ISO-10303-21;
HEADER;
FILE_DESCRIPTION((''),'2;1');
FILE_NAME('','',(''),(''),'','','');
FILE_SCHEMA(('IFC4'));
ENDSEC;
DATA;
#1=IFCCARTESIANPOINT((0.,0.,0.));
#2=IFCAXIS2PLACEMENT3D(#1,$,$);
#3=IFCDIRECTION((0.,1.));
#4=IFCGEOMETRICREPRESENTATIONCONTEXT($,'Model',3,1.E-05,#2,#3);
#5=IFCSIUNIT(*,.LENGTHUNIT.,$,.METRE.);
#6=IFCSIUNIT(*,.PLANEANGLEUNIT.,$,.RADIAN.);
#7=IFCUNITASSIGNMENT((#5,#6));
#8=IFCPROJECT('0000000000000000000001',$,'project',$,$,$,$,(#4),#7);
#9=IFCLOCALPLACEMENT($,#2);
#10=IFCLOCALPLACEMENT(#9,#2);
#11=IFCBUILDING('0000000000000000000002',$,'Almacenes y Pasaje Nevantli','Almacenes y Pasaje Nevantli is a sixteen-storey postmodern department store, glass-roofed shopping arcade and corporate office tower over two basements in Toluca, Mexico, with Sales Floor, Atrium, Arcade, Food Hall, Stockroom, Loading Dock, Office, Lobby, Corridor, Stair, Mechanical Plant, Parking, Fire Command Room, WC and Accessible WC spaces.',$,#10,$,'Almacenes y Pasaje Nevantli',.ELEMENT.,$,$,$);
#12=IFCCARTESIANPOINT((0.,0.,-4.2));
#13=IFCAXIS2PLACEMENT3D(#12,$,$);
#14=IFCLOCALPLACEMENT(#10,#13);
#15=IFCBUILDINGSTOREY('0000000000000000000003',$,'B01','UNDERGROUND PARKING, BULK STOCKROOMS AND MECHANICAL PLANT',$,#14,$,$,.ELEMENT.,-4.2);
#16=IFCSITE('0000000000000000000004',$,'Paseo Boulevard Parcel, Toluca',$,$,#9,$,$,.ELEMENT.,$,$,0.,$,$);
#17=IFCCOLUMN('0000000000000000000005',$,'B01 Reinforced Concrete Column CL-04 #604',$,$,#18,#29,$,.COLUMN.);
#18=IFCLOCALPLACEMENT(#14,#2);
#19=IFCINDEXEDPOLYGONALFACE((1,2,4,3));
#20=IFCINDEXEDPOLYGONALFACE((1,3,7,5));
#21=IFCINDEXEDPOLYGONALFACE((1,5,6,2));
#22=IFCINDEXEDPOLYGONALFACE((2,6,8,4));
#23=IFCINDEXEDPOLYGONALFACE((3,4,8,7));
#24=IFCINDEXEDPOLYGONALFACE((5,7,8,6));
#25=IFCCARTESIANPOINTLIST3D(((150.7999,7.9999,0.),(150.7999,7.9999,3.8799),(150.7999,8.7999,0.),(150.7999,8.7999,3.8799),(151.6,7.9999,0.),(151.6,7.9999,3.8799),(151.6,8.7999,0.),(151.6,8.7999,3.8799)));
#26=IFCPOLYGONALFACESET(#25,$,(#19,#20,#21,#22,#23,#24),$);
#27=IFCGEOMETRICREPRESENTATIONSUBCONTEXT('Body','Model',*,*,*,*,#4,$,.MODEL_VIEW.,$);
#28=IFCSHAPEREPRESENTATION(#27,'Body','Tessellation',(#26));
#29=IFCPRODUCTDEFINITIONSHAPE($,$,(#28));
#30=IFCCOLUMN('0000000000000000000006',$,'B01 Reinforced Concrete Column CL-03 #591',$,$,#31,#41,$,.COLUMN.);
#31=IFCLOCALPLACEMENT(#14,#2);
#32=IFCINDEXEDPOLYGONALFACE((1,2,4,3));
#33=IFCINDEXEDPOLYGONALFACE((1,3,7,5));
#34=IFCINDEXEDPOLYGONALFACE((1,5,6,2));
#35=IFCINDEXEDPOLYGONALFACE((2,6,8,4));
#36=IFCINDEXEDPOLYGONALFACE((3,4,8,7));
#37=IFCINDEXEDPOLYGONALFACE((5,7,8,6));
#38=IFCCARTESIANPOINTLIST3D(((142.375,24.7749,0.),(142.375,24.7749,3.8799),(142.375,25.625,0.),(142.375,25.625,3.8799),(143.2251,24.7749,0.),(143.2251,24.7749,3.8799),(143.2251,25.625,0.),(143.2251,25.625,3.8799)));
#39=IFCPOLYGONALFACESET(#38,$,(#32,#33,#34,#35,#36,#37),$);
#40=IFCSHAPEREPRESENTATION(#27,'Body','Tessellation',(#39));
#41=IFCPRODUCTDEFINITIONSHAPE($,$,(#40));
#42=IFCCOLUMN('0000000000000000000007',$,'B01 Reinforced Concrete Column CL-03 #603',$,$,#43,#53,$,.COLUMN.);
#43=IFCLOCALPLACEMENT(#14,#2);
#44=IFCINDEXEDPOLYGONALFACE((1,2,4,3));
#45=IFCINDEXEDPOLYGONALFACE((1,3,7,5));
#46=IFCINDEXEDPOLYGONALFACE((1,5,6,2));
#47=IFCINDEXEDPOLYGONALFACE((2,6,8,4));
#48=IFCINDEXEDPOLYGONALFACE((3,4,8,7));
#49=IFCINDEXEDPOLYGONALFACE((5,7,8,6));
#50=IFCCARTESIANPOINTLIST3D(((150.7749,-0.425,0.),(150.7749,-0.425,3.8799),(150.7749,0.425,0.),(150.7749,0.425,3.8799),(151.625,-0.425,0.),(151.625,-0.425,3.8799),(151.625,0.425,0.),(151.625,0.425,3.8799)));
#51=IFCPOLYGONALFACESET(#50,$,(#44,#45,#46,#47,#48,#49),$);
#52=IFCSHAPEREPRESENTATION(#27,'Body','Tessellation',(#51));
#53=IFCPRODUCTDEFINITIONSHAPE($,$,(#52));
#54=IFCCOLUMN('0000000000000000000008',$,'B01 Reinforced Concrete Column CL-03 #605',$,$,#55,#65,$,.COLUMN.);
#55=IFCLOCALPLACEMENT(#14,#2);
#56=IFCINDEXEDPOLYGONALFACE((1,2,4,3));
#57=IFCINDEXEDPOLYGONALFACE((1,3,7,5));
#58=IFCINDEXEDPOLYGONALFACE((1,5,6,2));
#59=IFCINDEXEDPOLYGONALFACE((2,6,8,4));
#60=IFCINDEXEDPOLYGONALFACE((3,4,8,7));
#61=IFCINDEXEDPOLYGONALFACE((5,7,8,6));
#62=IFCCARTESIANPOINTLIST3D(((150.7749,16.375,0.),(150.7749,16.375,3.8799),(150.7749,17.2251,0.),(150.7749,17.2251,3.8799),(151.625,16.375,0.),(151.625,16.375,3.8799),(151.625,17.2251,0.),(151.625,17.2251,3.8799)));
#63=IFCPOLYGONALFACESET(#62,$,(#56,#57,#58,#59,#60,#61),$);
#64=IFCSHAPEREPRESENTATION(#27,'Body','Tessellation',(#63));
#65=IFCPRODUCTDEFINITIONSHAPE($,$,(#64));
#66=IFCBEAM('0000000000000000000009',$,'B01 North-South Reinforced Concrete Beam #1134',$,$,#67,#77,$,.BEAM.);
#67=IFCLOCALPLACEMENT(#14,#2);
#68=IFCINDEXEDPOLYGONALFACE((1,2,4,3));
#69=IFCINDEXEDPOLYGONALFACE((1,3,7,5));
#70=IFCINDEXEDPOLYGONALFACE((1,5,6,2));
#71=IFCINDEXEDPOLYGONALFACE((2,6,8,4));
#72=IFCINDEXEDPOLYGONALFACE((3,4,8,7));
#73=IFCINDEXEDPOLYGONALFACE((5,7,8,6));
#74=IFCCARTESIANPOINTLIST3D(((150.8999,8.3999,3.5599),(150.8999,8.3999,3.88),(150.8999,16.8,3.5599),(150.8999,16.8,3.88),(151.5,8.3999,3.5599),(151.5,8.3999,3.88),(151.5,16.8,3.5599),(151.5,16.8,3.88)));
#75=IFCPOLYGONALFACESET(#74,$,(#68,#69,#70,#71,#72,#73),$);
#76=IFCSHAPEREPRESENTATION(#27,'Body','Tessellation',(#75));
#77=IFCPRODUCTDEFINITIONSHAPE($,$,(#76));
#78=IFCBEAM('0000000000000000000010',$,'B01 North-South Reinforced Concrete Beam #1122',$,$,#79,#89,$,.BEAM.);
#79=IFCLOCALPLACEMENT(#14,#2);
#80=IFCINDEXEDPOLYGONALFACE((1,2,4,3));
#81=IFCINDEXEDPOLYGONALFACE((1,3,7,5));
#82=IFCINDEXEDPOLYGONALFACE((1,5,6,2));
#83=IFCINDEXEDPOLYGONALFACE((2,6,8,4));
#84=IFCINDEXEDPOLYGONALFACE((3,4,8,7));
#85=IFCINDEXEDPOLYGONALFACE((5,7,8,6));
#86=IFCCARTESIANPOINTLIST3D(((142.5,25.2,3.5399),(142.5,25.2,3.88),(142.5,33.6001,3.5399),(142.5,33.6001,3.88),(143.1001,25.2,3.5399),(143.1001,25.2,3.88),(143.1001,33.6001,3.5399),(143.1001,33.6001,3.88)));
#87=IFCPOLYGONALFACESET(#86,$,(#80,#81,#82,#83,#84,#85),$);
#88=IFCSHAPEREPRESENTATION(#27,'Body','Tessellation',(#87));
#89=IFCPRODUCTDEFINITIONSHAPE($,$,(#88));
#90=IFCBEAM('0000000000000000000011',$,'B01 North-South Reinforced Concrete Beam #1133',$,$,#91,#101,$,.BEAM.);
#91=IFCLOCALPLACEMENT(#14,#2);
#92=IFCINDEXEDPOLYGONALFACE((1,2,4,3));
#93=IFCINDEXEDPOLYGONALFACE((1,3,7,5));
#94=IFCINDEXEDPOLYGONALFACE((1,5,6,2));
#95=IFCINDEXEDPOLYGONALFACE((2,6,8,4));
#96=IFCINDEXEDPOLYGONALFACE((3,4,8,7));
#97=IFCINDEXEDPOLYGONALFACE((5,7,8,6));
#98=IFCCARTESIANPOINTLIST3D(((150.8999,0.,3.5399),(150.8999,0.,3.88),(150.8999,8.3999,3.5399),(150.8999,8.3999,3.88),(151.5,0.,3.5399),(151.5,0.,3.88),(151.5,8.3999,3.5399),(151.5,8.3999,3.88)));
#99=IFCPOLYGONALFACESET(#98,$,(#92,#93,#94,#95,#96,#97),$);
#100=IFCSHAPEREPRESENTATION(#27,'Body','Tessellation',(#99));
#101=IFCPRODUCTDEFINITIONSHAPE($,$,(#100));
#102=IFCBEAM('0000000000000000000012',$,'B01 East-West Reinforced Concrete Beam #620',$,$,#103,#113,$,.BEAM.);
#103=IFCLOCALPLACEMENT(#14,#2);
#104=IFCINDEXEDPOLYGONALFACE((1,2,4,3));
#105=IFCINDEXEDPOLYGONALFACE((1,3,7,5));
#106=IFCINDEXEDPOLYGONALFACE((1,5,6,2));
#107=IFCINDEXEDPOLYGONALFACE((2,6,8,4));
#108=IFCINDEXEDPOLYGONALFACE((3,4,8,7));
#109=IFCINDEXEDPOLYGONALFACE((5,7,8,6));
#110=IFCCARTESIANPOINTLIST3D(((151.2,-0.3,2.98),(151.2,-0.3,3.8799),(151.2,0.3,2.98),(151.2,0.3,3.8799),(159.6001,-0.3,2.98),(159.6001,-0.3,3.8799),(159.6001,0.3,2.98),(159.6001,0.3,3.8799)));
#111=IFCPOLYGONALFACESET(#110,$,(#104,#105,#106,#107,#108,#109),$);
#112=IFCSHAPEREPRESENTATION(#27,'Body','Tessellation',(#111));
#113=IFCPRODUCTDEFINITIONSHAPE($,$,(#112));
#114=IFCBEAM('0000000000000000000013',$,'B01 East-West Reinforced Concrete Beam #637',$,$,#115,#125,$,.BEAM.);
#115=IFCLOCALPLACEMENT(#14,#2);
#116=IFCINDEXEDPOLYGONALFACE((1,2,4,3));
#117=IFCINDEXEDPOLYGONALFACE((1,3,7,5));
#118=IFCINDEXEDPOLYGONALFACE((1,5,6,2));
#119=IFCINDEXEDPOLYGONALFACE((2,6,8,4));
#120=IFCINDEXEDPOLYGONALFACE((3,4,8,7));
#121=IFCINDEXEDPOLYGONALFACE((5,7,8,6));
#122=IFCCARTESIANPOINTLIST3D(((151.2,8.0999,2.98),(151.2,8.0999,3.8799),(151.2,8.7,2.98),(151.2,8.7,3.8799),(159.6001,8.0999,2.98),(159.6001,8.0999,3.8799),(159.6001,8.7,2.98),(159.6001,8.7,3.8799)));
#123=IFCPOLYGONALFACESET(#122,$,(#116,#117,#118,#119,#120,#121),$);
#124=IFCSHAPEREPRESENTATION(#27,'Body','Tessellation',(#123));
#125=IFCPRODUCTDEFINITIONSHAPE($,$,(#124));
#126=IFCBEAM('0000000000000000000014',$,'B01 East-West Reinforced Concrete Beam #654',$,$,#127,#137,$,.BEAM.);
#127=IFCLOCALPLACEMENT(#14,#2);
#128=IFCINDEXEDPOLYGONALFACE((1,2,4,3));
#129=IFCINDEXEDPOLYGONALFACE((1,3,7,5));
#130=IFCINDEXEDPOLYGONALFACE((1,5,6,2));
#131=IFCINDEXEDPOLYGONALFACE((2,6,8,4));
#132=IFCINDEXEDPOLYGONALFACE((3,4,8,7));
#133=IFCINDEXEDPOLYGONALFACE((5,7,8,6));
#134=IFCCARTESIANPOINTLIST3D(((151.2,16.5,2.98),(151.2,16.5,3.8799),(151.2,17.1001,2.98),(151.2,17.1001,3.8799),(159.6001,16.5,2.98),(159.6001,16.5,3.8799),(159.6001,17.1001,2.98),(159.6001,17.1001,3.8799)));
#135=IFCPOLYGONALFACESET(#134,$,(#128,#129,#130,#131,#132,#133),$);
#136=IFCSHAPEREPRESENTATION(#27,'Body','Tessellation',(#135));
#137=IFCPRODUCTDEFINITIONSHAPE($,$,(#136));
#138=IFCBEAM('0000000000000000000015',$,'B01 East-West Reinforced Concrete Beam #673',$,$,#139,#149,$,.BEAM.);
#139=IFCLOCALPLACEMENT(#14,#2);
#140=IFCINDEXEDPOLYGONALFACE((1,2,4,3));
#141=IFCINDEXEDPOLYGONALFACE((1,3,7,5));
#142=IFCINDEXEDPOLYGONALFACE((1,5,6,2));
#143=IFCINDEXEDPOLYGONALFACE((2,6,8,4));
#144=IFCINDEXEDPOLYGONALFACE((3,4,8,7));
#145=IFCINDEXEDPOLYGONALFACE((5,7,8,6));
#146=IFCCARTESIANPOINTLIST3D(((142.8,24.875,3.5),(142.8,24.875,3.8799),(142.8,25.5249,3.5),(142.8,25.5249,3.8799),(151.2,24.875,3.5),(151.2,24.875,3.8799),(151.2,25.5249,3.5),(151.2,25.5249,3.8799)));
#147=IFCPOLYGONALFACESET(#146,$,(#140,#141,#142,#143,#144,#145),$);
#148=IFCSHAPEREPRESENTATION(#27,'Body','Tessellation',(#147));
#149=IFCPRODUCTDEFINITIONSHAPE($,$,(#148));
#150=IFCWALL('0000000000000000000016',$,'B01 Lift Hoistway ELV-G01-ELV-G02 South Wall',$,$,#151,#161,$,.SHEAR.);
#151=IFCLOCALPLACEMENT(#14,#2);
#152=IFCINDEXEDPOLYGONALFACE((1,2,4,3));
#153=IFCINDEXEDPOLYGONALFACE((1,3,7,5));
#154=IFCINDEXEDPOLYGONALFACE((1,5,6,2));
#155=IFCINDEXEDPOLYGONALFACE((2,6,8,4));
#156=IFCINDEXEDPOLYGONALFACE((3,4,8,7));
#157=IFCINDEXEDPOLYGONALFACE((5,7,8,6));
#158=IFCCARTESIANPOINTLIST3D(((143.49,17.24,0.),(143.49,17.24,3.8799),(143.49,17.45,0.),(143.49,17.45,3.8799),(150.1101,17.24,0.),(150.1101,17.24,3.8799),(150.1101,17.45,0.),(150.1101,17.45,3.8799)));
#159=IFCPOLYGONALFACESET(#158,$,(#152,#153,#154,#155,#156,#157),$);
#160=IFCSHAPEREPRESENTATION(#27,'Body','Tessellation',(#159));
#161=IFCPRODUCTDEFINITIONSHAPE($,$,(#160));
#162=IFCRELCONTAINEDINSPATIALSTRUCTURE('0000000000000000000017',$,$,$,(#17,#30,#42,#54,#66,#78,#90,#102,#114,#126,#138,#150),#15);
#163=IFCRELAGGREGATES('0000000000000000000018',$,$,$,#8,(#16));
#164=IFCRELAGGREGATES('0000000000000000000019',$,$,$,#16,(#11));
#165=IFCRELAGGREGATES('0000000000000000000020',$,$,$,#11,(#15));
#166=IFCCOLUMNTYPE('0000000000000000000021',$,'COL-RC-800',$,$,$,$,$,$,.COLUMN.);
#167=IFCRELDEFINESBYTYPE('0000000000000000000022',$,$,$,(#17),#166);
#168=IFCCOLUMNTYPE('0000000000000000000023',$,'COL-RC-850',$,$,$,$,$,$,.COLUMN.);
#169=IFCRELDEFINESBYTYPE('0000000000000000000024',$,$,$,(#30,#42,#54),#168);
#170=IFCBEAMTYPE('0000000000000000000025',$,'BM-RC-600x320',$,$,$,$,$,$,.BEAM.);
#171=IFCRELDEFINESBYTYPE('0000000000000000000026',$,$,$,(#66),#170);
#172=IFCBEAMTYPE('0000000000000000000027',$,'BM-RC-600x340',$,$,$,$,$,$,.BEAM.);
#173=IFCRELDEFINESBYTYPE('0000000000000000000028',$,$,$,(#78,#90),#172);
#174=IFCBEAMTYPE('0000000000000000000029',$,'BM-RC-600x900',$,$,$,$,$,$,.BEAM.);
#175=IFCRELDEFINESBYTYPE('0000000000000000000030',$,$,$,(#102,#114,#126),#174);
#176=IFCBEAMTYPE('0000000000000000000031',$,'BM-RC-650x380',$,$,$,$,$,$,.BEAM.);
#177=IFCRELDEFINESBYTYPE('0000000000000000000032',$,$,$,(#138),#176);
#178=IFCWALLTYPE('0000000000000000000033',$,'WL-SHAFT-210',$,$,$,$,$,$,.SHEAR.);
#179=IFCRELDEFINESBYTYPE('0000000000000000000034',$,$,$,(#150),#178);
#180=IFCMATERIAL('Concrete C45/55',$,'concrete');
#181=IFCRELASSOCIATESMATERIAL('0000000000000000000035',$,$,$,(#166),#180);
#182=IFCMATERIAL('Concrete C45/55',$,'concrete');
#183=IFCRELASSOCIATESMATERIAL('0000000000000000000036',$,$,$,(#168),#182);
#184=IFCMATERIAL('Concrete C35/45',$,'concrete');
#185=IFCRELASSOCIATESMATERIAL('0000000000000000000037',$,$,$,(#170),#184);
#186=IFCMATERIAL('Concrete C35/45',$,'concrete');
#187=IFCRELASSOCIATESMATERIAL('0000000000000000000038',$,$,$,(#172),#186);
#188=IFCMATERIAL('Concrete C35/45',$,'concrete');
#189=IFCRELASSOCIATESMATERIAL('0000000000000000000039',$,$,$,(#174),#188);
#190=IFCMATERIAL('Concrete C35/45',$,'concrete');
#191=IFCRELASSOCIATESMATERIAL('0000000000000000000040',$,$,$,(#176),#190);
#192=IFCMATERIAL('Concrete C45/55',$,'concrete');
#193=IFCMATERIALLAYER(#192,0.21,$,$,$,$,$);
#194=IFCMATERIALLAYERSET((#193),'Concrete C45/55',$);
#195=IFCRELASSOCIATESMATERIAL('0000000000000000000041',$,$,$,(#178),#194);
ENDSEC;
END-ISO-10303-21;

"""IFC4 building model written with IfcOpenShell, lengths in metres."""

from ifc_helpers import new_model, si_unit, direction, frame, frame_2d, origin, origin_2d, place, context, subcontext, project, spatial, rectangle, extrude, material, layer, layer_set, material_profile, profile_set, type_object, element, save


model = new_model("IFC4")

# Units and contexts
model_context = context("Model", 3, precision=1e-05, world=origin(), true_north=direction((0.0, 1.0)))
body_context = subcontext(model_context, "Body", "Model", "MODEL_VIEW")
ifc_project = project(units=[si_unit("LENGTHUNIT", "METRE"), si_unit("PLANEANGLEUNIT", "RADIAN")], contexts=[model_context])

# Site, building, storey
site_placement = place(None, origin())
site = spatial("IfcSite", under=ifc_project, at=site_placement, Name="Paseo Boulevard Parcel, Toluca", CompositionType="ELEMENT", RefElevation=0.0)
building_placement = place(site_placement, origin())
building = spatial("IfcBuilding", under=site, at=building_placement, Name="Almacenes y Pasaje Nevantli", Description="Almacenes y Pasaje Nevantli is a sixteen-storey postmodern department store, glass-roofed shopping arcade and corporate office tower over two basements in Toluca, Mexico, with Sales Floor, Atrium, Arcade, Food Hall, Stockroom, Loading Dock, Office, Lobby, Corridor, Stair, Mechanical Plant, Parking, Fire Command Room, WC and Accessible WC spaces.", LongName="Almacenes y Pasaje Nevantli", CompositionType="ELEMENT")
storey_placement = place(building_placement, frame((0.0, 0.0, -4.2)))
storey = spatial("IfcBuildingStorey", under=building, at=storey_placement, Name="B01", Description="UNDERGROUND PARKING, BULK STOCKROOMS AND MECHANICAL PLANT", CompositionType="ELEMENT", Elevation=-4.2)

# Columns
ifc_material_1 = material(Name="Concrete C45/55", Category="concrete")
ifc_material_profile_1 = material_profile(ifc_material_1, rectangle(XDim=0.8, YDim=0.8, at=origin_2d()), Name="RC-COL-800x800")
ifc_profile_set_1 = profile_set([ifc_material_profile_1], Name="Concrete C45/55")
column_type_1 = type_object("IfcColumnType", Name="COL-RC-800", PredefinedType="COLUMN", material=ifc_profile_set_1)
column_placement = place(storey_placement, frame((151.2, 8.3999, 0.0), z_axis=(0.0, 0.0, 1.0), x_axis=(1.0, 0.0, 0.0)))
element("IfcColumn", 1, at=column_placement, inside=storey, type_object=column_type_1, Name="B01 Reinforced Concrete Column CL-04 #604", PredefinedType="COLUMN", context=body_context, shape_type="SweptSolid", body=[
    extrude(rectangle(XDim=0.8, YDim=0.8, at=origin_2d()), origin(), (0.0, 0.0, 1.0), 3.8799),
])
ifc_material_2 = material(Name="Concrete C45/55", Category="concrete")
ifc_material_profile_2 = material_profile(ifc_material_2, rectangle(XDim=0.8501, YDim=0.8501, at=origin_2d()), Name="RC-COL-850x850")
ifc_profile_set_2 = profile_set([ifc_material_profile_2], Name="Concrete C45/55")
column_type_2 = type_object("IfcColumnType", Name="COL-RC-850", PredefinedType="COLUMN", material=ifc_profile_set_2)
for number, where, z_axis, x_axis, name in (
    (2, (142.8, 25.2, 0.0), (0.0, 0.0, 1.0), (1.0, 0.0, 0.0), "B01 Reinforced Concrete Column CL-03 #591"),
    (3, (151.2, 0.0, 0.0), (0.0, 0.0, 1.0), (1.0, 0.0, 0.0), "B01 Reinforced Concrete Column CL-03 #603"),
    (4, (151.2, 16.8, 0.0), (0.0, 0.0, 1.0), (1.0, 0.0, 0.0), "B01 Reinforced Concrete Column CL-03 #605"),
):
    element("IfcColumn", number, at=place(storey_placement, frame(where, z_axis=z_axis, x_axis=x_axis)), inside=storey, type_object=column_type_2, Name=name, PredefinedType="COLUMN", context=body_context, shape_type="SweptSolid", body=[
        extrude(rectangle(XDim=0.8501, YDim=0.8501, at=origin_2d()), origin(), (0.0, 0.0, 1.0), 3.8799),
    ])

# Beams
ifc_material_3 = material(Name="Concrete C35/45", Category="concrete")
ifc_material_profile_3 = material_profile(ifc_material_3, rectangle(XDim=0.6001, YDim=0.3201, at=origin_2d()), Name="RC-BM-600x320")
ifc_profile_set_3 = profile_set([ifc_material_profile_3], Name="Concrete C35/45")
beam_type_1 = type_object("IfcBeamType", Name="BM-RC-600x320", PredefinedType="BEAM", material=ifc_profile_set_3)
beam_1_placement = place(storey_placement, frame((151.2, 8.3999, 3.72), z_axis=(0.0, 1.0, 0.0), x_axis=(-1.0, 0.0, 0.0)))
element("IfcBeam", 5, at=beam_1_placement, inside=storey, type_object=beam_type_1, Name="B01 North-South Reinforced Concrete Beam #1134", PredefinedType="BEAM", context=body_context, shape_type="SweptSolid", body=[
    extrude(rectangle(XDim=0.6001, YDim=0.3201, at=origin_2d()), origin(), (0.0, 0.0, 1.0), 8.4001),
])
ifc_material_4 = material(Name="Concrete C35/45", Category="concrete")
ifc_material_profile_4 = material_profile(ifc_material_4, rectangle(XDim=0.6001, YDim=0.3401, at=origin_2d()), Name="RC-BM-600x340")
ifc_profile_set_4 = profile_set([ifc_material_profile_4], Name="Concrete C35/45")
beam_type_2 = type_object("IfcBeamType", Name="BM-RC-600x340", PredefinedType="BEAM", material=ifc_profile_set_4)
beam_2_placement = place(storey_placement, frame((142.8, 25.2, 3.71), z_axis=(0.0, 1.0, 0.0), x_axis=(-1.0, 0.0, 0.0)))
element("IfcBeam", 6, at=beam_2_placement, inside=storey, type_object=beam_type_2, Name="B01 North-South Reinforced Concrete Beam #1122", PredefinedType="BEAM", context=body_context, shape_type="SweptSolid", body=[
    extrude(rectangle(XDim=0.6001, YDim=0.3401, at=origin_2d()), origin(), (0.0, 0.0, 1.0), 8.4001),
])
beam_3_placement = place(storey_placement, frame((151.2, 0.0, 3.71), z_axis=(0.0, 1.0, 0.0), x_axis=(-1.0, 0.0, 0.0)))
element("IfcBeam", 7, at=beam_3_placement, inside=storey, type_object=beam_type_2, Name="B01 North-South Reinforced Concrete Beam #1133", PredefinedType="BEAM", context=body_context, shape_type="SweptSolid", body=[
    extrude(rectangle(XDim=0.6001, YDim=0.3401, at=origin_2d()), origin(), (0.0, 0.0, 1.0), 8.3999),
])
ifc_material_5 = material(Name="Concrete C35/45", Category="concrete")
ifc_material_profile_5 = material_profile(ifc_material_5, rectangle(XDim=0.6001, YDim=0.8999, at=origin_2d()), Name="RC-BM-600x900")
ifc_profile_set_5 = profile_set([ifc_material_profile_5], Name="Concrete C35/45")
beam_type_3 = type_object("IfcBeamType", Name="BM-RC-600x900", PredefinedType="BEAM", material=ifc_profile_set_5)
for number, where, z_axis, x_axis, name in (
    (8, (151.2, 0.0, 3.4299), (1.0, 0.0, 0.0), (0.0, 1.0, 0.0), "B01 East-West Reinforced Concrete Beam #620"),
    (9, (151.2, 8.3999, 3.4299), (1.0, 0.0, 0.0), (0.0, 1.0, 0.0), "B01 East-West Reinforced Concrete Beam #637"),
    (10, (151.2, 16.8, 3.4299), (1.0, 0.0, 0.0), (0.0, 1.0, 0.0), "B01 East-West Reinforced Concrete Beam #654"),
):
    element("IfcBeam", number, at=place(storey_placement, frame(where, z_axis=z_axis, x_axis=x_axis)), inside=storey, type_object=beam_type_3, Name=name, PredefinedType="BEAM", context=body_context, shape_type="SweptSolid", body=[
        extrude(rectangle(XDim=0.6001, YDim=0.8999, at=origin_2d()), origin(), (0.0, 0.0, 1.0), 8.4001),
    ])
ifc_material_6 = material(Name="Concrete C35/45", Category="concrete")
ifc_material_profile_6 = material_profile(ifc_material_6, rectangle(XDim=0.6499, YDim=0.3799, at=origin_2d()), Name="RC-BM-650x380")
ifc_profile_set_6 = profile_set([ifc_material_profile_6], Name="Concrete C35/45")
beam_type_4 = type_object("IfcBeamType", Name="BM-RC-650x380", PredefinedType="BEAM", material=ifc_profile_set_6)
beam_4_placement = place(storey_placement, frame((142.8, 25.2, 3.6899), z_axis=(1.0, 0.0, 0.0), x_axis=(0.0, 1.0, 0.0)))
element("IfcBeam", 11, at=beam_4_placement, inside=storey, type_object=beam_type_4, Name="B01 East-West Reinforced Concrete Beam #673", PredefinedType="BEAM", context=body_context, shape_type="SweptSolid", body=[
    extrude(rectangle(XDim=0.6499, YDim=0.3799, at=origin_2d()), origin(), (0.0, 0.0, 1.0), 8.3999),
])

# Wall
ifc_material_7 = material(Name="Concrete C45/55", Category="concrete")
ifc_layer_1 = layer(ifc_material_7, 0.21)
ifc_layer_set_1 = layer_set([ifc_layer_1], Name="Concrete C45/55")
wall_type_1 = type_object("IfcWallType", Name="WL-SHAFT-210", PredefinedType="SHEAR", material=ifc_layer_set_1)
wall_1_placement = place(storey_placement, frame((143.49, 17.345, 0.0), z_axis=(0.0, 0.0, 1.0), x_axis=(1.0, 0.0, 0.0)))
element("IfcWall", 12, at=wall_1_placement, inside=storey, type_object=wall_type_1, Name="B01 Lift Hoistway ELV-G01-ELV-G02 South Wall", PredefinedType="SHEAR", context=body_context, shape_type="SweptSolid", body=[
    extrude(rectangle(XDim=6.6201, YDim=0.21, at=frame_2d((3.3101, 0.0))), origin(), (0.0, 0.0, 1.0), 3.8799),
])

save(model, "model.ifc")
